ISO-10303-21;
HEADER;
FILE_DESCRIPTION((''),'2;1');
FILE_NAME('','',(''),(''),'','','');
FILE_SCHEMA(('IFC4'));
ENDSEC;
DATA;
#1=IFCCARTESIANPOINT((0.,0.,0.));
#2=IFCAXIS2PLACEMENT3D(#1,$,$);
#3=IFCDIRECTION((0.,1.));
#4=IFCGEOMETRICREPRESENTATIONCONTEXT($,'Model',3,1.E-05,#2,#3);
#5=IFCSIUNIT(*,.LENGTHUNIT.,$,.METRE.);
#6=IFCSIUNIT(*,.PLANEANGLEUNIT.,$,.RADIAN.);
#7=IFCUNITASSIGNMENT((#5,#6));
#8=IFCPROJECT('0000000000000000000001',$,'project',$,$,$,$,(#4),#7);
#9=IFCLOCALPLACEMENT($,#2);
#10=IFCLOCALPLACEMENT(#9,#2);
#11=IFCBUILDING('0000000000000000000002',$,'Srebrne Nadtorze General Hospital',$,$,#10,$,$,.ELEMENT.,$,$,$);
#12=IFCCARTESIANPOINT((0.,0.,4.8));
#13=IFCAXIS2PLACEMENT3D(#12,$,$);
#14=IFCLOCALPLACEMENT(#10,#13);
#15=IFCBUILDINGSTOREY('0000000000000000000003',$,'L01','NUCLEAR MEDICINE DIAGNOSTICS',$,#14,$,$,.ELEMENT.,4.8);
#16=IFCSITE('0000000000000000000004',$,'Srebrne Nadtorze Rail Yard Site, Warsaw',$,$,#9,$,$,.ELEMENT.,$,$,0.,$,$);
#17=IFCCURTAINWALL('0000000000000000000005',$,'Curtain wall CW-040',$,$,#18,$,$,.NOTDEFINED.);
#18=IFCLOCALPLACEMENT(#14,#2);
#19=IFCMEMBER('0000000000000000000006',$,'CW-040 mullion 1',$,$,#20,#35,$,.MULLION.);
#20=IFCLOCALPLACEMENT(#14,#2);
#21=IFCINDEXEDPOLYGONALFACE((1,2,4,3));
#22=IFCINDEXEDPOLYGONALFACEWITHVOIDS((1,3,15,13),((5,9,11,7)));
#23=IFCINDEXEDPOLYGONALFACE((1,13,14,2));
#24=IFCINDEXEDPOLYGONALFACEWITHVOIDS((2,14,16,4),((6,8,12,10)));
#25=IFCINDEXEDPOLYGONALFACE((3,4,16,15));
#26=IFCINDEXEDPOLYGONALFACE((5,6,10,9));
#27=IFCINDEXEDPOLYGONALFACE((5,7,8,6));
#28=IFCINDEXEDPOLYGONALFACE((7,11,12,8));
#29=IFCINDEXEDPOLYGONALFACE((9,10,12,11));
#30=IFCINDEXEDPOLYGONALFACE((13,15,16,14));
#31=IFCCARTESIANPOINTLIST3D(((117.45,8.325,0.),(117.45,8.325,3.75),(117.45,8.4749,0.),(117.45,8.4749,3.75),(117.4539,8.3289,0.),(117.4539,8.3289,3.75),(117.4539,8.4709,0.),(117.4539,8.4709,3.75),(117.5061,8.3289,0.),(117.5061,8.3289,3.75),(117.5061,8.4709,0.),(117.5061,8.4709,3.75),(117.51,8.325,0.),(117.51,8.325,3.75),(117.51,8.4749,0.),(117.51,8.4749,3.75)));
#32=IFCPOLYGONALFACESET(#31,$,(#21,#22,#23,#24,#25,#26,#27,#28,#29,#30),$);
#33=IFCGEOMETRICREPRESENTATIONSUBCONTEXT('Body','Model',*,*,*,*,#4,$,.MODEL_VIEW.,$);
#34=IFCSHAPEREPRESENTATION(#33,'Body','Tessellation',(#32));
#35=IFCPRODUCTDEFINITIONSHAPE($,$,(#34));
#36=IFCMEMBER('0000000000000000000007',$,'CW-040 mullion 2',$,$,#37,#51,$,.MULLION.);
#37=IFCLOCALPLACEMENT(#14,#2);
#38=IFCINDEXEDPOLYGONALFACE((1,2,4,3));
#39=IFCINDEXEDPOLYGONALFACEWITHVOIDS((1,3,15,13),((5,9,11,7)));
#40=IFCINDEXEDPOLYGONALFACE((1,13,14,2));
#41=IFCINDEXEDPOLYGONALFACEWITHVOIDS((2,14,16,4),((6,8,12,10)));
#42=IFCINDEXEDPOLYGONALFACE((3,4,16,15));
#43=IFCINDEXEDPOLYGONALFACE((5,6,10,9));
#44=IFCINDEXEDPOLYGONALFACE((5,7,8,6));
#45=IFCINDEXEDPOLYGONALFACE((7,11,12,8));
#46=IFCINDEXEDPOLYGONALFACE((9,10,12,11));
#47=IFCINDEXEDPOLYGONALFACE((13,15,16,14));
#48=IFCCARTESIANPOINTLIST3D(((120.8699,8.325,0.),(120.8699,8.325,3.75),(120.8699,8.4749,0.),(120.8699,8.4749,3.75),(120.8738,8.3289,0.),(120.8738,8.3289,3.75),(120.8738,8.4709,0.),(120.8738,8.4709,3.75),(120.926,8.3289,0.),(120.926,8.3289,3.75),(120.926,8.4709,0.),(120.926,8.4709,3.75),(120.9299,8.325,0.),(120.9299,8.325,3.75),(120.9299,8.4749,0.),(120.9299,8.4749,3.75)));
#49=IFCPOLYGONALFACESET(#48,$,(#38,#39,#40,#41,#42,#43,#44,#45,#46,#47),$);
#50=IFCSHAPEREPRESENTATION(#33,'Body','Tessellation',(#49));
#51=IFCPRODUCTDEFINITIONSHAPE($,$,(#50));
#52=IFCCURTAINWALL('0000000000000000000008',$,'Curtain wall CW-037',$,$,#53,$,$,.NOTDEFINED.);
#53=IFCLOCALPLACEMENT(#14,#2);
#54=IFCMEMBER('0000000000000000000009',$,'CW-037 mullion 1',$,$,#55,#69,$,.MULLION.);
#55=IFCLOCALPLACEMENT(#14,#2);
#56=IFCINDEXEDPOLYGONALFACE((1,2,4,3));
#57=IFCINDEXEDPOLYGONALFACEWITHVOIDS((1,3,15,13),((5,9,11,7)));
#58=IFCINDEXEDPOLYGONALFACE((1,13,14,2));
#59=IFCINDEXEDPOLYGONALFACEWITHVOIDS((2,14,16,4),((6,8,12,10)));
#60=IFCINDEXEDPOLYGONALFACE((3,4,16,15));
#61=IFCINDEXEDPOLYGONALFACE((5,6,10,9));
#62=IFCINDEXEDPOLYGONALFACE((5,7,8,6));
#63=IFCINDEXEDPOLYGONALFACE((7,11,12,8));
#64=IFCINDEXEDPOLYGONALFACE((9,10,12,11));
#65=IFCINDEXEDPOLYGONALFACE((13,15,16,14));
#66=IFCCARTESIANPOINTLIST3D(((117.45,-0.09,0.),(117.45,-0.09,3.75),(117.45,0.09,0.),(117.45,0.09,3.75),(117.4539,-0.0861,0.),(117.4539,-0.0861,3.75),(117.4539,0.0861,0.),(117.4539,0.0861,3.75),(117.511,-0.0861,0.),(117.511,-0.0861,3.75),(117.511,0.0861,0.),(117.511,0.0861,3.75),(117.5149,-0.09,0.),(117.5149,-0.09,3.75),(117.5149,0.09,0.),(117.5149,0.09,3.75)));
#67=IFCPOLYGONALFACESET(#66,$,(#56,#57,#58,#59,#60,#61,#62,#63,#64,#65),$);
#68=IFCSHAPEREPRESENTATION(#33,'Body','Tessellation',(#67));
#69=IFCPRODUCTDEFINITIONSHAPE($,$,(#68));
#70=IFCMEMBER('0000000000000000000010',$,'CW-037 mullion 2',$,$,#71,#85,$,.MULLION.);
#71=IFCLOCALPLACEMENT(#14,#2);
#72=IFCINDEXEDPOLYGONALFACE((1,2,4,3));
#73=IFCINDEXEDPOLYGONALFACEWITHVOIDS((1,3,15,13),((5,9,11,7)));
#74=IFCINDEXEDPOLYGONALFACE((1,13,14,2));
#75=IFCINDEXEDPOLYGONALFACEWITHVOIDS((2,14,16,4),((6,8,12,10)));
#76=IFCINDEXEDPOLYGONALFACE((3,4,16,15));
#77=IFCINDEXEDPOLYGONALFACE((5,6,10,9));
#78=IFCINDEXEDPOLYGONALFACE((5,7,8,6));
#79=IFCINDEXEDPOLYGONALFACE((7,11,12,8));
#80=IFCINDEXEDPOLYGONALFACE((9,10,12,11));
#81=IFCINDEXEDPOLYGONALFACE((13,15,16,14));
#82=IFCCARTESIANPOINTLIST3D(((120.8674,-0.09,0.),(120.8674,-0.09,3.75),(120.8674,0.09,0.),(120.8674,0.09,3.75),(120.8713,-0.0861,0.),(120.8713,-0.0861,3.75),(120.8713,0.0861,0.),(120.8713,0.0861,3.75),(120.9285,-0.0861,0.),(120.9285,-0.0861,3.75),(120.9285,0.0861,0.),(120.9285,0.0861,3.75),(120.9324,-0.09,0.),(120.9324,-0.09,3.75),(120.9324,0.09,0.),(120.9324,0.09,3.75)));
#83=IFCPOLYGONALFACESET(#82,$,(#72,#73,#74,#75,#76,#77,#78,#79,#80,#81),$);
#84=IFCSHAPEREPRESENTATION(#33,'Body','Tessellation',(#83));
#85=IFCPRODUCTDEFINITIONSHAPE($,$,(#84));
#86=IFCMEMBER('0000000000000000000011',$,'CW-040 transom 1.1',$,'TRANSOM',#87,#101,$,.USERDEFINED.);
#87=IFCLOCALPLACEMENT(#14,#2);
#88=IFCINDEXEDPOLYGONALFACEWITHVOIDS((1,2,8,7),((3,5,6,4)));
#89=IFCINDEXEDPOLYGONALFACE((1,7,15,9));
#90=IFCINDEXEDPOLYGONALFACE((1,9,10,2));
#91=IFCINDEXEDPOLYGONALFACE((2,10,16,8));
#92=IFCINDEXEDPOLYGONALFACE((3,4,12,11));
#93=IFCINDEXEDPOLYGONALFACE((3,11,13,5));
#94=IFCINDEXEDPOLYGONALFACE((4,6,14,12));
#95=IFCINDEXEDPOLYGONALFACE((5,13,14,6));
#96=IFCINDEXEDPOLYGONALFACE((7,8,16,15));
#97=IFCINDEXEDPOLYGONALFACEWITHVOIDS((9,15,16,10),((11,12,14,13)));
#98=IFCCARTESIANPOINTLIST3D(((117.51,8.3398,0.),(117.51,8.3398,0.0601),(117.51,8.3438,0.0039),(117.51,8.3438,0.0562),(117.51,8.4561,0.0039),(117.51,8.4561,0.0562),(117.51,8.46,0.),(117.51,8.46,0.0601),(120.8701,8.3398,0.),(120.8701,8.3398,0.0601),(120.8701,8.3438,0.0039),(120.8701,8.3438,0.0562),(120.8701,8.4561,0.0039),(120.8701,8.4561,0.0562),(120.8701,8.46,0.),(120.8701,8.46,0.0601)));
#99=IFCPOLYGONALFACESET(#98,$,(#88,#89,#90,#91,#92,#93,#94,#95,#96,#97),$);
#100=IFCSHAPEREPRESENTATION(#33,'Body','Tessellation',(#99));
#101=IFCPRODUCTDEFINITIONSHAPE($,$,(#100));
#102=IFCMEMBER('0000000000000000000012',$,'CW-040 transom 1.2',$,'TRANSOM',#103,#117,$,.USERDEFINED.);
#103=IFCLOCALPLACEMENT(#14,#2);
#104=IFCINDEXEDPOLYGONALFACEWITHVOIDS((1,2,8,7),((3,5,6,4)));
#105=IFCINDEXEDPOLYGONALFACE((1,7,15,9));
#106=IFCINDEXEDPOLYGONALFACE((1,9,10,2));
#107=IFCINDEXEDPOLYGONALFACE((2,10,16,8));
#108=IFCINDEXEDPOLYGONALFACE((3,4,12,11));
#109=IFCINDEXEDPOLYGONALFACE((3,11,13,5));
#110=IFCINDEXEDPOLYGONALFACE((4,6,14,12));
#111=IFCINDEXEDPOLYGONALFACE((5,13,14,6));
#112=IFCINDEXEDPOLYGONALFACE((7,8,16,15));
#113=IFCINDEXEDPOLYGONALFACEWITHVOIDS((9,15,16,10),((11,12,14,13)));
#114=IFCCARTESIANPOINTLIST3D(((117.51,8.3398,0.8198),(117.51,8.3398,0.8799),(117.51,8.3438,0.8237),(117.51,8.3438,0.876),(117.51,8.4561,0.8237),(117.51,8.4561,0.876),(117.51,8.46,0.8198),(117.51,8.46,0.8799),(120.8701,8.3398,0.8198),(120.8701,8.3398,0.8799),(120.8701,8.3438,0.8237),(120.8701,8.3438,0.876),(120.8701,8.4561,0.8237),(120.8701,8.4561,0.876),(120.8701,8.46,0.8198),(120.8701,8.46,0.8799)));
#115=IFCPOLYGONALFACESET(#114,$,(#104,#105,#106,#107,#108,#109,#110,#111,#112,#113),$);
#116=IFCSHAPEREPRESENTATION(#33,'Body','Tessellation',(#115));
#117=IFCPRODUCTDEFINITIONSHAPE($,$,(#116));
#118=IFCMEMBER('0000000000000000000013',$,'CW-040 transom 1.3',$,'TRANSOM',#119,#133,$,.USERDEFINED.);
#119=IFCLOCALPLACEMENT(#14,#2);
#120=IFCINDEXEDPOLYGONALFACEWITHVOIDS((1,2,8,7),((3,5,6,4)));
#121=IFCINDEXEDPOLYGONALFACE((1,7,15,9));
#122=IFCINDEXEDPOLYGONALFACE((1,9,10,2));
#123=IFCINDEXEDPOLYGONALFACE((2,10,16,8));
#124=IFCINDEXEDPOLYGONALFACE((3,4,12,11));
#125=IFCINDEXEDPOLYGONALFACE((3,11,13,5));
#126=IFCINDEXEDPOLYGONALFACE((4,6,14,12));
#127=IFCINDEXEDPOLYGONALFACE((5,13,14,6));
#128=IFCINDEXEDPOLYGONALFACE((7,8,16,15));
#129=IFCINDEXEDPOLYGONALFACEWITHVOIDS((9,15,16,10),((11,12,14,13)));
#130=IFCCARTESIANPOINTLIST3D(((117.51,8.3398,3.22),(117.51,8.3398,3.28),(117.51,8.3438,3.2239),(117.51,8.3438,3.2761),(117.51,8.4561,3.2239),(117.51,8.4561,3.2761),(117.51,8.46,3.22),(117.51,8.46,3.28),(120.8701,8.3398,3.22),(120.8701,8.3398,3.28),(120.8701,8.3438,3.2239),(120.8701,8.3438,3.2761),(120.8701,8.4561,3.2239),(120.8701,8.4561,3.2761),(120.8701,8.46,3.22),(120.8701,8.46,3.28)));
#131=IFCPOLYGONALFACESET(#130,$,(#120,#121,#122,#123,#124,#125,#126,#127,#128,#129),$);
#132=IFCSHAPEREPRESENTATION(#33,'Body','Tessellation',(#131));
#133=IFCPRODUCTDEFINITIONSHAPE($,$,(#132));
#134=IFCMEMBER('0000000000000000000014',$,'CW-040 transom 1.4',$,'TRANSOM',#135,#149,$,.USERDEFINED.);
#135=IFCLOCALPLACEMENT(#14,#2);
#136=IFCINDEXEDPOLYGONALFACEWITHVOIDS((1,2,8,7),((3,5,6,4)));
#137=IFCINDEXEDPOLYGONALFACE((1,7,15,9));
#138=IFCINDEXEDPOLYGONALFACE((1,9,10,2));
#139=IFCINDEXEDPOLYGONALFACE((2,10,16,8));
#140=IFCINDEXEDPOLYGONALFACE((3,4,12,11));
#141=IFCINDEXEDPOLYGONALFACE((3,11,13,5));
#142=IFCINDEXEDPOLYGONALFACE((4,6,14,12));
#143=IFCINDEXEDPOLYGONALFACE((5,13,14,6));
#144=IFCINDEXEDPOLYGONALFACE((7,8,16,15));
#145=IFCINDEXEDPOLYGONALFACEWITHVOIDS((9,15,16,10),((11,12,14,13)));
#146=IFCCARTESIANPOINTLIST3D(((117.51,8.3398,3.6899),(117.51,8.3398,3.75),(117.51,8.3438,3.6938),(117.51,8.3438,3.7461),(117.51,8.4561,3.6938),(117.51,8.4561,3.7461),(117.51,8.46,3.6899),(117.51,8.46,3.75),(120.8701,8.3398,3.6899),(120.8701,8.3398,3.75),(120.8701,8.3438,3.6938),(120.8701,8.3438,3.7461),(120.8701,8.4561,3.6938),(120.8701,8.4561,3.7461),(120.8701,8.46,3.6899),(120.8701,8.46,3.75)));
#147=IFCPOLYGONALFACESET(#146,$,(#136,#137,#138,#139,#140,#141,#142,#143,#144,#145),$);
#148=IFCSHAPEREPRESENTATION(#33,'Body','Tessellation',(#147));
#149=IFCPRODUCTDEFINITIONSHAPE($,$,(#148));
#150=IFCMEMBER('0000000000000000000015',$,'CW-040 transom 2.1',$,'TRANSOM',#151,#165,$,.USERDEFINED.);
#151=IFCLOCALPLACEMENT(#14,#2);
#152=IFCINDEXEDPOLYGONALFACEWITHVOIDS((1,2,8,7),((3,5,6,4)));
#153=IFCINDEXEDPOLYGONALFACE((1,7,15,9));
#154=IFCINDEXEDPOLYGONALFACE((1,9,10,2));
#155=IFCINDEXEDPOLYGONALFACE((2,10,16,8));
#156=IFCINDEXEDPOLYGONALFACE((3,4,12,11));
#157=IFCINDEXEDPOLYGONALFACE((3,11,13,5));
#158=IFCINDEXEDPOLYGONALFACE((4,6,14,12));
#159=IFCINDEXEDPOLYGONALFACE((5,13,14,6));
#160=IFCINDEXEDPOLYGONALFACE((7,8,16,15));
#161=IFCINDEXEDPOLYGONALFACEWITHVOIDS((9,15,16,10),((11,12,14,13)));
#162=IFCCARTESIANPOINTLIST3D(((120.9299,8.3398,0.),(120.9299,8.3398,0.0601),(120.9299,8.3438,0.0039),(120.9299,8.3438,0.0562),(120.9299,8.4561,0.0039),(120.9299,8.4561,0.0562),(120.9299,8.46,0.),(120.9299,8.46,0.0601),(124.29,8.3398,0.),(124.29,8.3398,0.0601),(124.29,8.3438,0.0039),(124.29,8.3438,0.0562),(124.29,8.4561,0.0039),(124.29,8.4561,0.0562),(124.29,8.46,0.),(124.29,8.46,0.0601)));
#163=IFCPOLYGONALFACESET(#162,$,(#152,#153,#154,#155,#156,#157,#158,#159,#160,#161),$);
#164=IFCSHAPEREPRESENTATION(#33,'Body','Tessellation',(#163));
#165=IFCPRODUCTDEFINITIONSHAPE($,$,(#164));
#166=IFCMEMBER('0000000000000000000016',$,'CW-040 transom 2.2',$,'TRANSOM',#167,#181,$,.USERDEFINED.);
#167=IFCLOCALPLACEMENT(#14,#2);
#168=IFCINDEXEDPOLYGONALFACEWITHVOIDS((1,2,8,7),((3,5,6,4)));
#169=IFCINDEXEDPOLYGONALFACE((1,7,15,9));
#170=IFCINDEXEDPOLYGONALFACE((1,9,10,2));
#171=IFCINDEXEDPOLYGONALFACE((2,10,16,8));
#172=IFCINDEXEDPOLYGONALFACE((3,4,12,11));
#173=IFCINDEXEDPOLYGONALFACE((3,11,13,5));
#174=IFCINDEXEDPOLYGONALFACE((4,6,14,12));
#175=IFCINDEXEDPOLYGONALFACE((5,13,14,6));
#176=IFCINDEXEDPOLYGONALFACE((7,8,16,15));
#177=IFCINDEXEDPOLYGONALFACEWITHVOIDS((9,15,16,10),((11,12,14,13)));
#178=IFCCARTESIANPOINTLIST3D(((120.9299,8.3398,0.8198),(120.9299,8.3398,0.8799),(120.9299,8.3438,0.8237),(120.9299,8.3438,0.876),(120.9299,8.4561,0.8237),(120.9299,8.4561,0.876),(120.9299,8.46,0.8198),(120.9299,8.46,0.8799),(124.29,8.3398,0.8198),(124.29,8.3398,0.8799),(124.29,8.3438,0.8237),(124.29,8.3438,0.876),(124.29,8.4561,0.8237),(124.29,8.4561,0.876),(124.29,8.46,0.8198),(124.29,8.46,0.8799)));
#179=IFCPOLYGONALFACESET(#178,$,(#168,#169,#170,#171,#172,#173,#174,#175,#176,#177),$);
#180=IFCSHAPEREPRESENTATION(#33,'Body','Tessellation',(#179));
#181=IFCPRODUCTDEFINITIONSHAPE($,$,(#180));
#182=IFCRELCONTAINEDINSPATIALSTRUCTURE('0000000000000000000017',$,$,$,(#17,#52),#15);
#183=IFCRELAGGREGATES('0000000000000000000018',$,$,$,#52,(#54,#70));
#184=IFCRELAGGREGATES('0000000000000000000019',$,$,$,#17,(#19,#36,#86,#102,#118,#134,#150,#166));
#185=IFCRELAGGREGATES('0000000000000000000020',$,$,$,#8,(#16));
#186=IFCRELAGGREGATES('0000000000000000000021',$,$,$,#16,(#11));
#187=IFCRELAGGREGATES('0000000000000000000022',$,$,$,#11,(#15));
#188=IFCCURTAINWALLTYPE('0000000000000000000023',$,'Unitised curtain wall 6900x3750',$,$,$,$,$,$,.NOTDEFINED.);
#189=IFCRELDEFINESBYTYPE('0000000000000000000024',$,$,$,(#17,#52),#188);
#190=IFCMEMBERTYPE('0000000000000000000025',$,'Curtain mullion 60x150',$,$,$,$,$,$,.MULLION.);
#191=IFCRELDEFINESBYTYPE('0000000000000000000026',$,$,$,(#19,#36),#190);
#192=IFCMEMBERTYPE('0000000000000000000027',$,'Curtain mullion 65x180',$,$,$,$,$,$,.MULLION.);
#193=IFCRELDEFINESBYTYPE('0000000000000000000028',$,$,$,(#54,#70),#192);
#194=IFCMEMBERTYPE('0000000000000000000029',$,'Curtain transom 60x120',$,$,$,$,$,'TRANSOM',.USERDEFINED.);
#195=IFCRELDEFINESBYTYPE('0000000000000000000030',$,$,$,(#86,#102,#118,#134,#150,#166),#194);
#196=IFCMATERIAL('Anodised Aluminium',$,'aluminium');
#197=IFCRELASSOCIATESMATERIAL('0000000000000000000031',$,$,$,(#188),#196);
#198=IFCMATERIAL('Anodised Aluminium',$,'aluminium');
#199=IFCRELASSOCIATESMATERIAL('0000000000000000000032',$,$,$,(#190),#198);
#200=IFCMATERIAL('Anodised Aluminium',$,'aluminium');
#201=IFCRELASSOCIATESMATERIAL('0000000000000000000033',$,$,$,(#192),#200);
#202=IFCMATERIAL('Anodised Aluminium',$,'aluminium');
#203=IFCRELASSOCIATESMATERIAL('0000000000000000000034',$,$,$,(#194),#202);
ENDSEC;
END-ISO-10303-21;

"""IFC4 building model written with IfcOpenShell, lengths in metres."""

from ifc_helpers import new_model, si_unit, direction, frame, origin, origin_2d, place, context, subcontext, project, spatial, hollow_rectangle, extrude, material, material_profile, profile_set, type_object, element, aggregate, save


model = new_model("IFC4")

# Units and contexts
model_context = context("Model", 3, precision=1e-05, world=origin(), true_north=direction((0.0, 1.0)))
body_context = subcontext(model_context, "Body", "Model", "MODEL_VIEW")
ifc_project = project(units=[si_unit("LENGTHUNIT", "METRE"), si_unit("PLANEANGLEUNIT", "RADIAN")], contexts=[model_context])

# Site, building, storey
site_placement = place(None, origin())
site = spatial("IfcSite", under=ifc_project, at=site_placement, Name="Srebrne Nadtorze Rail Yard Site, Warsaw", CompositionType="ELEMENT", RefElevation=0.0)
building_placement = place(site_placement, origin())
building = spatial("IfcBuilding", under=site, at=building_placement, Name="Srebrne Nadtorze General Hospital", CompositionType="ELEMENT")
storey_placement = place(building_placement, frame((0.0, 0.0, 4.8)))
storey = spatial("IfcBuildingStorey", under=building, at=storey_placement, Name="L01", Description="NUCLEAR MEDICINE DIAGNOSTICS", CompositionType="ELEMENT", Elevation=4.8)

# Curtain walls, members
ifc_material_1 = material(Name="Anodised Aluminium", Category="aluminium")
curtain_wall_type = type_object("IfcCurtainWallType", Name="Unitised curtain wall 6900x3750", PredefinedType="NOTDEFINED", material=ifc_material_1)
curtain_wall_1_placement = place(storey_placement, origin())
curtain_wall_1 = element("IfcCurtainWall", 1, at=curtain_wall_1_placement, inside=storey, type_object=curtain_wall_type, Name="Curtain wall CW-040", PredefinedType="NOTDEFINED")
ifc_material_2 = material(Name="Anodised Aluminium", Category="aluminium")
ifc_material_profile_1 = material_profile(ifc_material_2, hollow_rectangle(XDim=0.0601, YDim=0.1499, WallThickness=0.0039, at=origin_2d()), Name="AL-MUL-60x150")
ifc_profile_set_1 = profile_set([ifc_material_profile_1], Name="Anodised Aluminium")
member_type_1 = type_object("IfcMemberType", Name="Curtain mullion 60x150", PredefinedType="MULLION", material=ifc_profile_set_1)
member_1_placement = place(storey_placement, frame((117.48, 8.3999, 0.0), z_axis=(0.0, 0.0, 1.0), x_axis=(1.0, 0.0, 0.0)))
member_1 = element("IfcMember", 2, at=member_1_placement, type_object=member_type_1, Name="CW-040 mullion 1", PredefinedType="MULLION", context=body_context, shape_type="SweptSolid", body=[
    extrude(hollow_rectangle(XDim=0.0601, YDim=0.1499, WallThickness=0.0039, at=origin_2d()), origin(), (0.0, 0.0, 1.0), 3.75),
])
member_2_placement = place(storey_placement, frame((120.8999, 8.3999, 0.0), z_axis=(0.0, 0.0, 1.0), x_axis=(1.0, 0.0, 0.0)))
member_2 = element("IfcMember", 3, at=member_2_placement, type_object=member_type_1, Name="CW-040 mullion 2", PredefinedType="MULLION", context=body_context, shape_type="SweptSolid", body=[
    extrude(hollow_rectangle(XDim=0.0601, YDim=0.1499, WallThickness=0.0039, at=origin_2d()), origin(), (0.0, 0.0, 1.0), 3.75),
])
curtain_wall_2_placement = place(storey_placement, origin())
curtain_wall_2 = element("IfcCurtainWall", 4, at=curtain_wall_2_placement, inside=storey, type_object=curtain_wall_type, Name="Curtain wall CW-037", PredefinedType="NOTDEFINED")
ifc_material_3 = material(Name="Anodised Aluminium", Category="aluminium")
ifc_material_profile_2 = material_profile(ifc_material_3, hollow_rectangle(XDim=0.0649, YDim=0.1799, WallThickness=0.0039, at=origin_2d()), Name="AL-MUL-65x180")
ifc_profile_set_2 = profile_set([ifc_material_profile_2], Name="Anodised Aluminium")
member_type_2 = type_object("IfcMemberType", Name="Curtain mullion 65x180", PredefinedType="MULLION", material=ifc_profile_set_2)
member_3_placement = place(storey_placement, frame((117.4824, 0.0, 0.0), z_axis=(0.0, 0.0, 1.0), x_axis=(1.0, 0.0, 0.0)))
member_3 = element("IfcMember", 5, at=member_3_placement, type_object=member_type_2, Name="CW-037 mullion 1", PredefinedType="MULLION", context=body_context, shape_type="SweptSolid", body=[
    extrude(hollow_rectangle(XDim=0.0649, YDim=0.1799, WallThickness=0.0039, at=origin_2d()), origin(), (0.0, 0.0, 1.0), 3.75),
])
member_4_placement = place(storey_placement, frame((120.8999, 0.0, 0.0), z_axis=(0.0, 0.0, 1.0), x_axis=(1.0, 0.0, 0.0)))
member_4 = element("IfcMember", 6, at=member_4_placement, type_object=member_type_2, Name="CW-037 mullion 2", PredefinedType="MULLION", context=body_context, shape_type="SweptSolid", body=[
    extrude(hollow_rectangle(XDim=0.0649, YDim=0.1799, WallThickness=0.0039, at=origin_2d()), origin(), (0.0, 0.0, 1.0), 3.75),
])

# Members
ifc_material_4 = material(Name="Anodised Aluminium", Category="aluminium")
ifc_material_profile_3 = material_profile(ifc_material_4, hollow_rectangle(XDim=0.0601, YDim=0.1201, WallThickness=0.0039, at=origin_2d()), Name="AL-TRN-60x120")
ifc_profile_set_3 = profile_set([ifc_material_profile_3], Name="Anodised Aluminium")
member_type_3 = type_object("IfcMemberType", Name="Curtain transom 60x120", ElementType="TRANSOM", PredefinedType="USERDEFINED", material=ifc_profile_set_3)
member_5_placement = place(storey_placement, frame((117.51, 8.3999, 0.03), z_axis=(1.0, 0.0, 0.0), x_axis=(0.0, 0.0, 1.0)))
member_5 = element("IfcMember", 7, at=member_5_placement, type_object=member_type_3, Name="CW-040 transom 1.1", ObjectType="TRANSOM", PredefinedType="USERDEFINED", context=body_context, shape_type="SweptSolid", body=[
    extrude(hollow_rectangle(XDim=0.0601, YDim=0.1201, WallThickness=0.0039, at=origin_2d()), origin(), (0.0, 0.0, 1.0), 3.3601),
])
member_6_placement = place(storey_placement, frame((117.51, 8.3999, 0.8499), z_axis=(1.0, 0.0, 0.0), x_axis=(0.0, 0.0, 1.0)))
member_6 = element("IfcMember", 8, at=member_6_placement, type_object=member_type_3, Name="CW-040 transom 1.2", ObjectType="TRANSOM", PredefinedType="USERDEFINED", context=body_context, shape_type="SweptSolid", body=[
    extrude(hollow_rectangle(XDim=0.0601, YDim=0.1201, WallThickness=0.0039, at=origin_2d()), origin(), (0.0, 0.0, 1.0), 3.3601),
])
member_7_placement = place(storey_placement, frame((117.51, 8.3999, 3.25), z_axis=(1.0, 0.0, 0.0), x_axis=(0.0, 0.0, 1.0)))
member_7 = element("IfcMember", 9, at=member_7_placement, type_object=member_type_3, Name="CW-040 transom 1.3", ObjectType="TRANSOM", PredefinedType="USERDEFINED", context=body_context, shape_type="SweptSolid", body=[
    extrude(hollow_rectangle(XDim=0.0601, YDim=0.1201, WallThickness=0.0039, at=origin_2d()), origin(), (0.0, 0.0, 1.0), 3.3601),
])
member_8_placement = place(storey_placement, frame((117.51, 8.3999, 3.72), z_axis=(1.0, 0.0, 0.0), x_axis=(0.0, 0.0, 1.0)))
member_8 = element("IfcMember", 10, at=member_8_placement, type_object=member_type_3, Name="CW-040 transom 1.4", ObjectType="TRANSOM", PredefinedType="USERDEFINED", context=body_context, shape_type="SweptSolid", body=[
    extrude(hollow_rectangle(XDim=0.0601, YDim=0.1201, WallThickness=0.0039, at=origin_2d()), origin(), (0.0, 0.0, 1.0), 3.3601),
])
member_9_placement = place(storey_placement, frame((120.9299, 8.3999, 0.03), z_axis=(1.0, 0.0, 0.0), x_axis=(0.0, 0.0, 1.0)))
member_9 = element("IfcMember", 11, at=member_9_placement, type_object=member_type_3, Name="CW-040 transom 2.1", ObjectType="TRANSOM", PredefinedType="USERDEFINED", context=body_context, shape_type="SweptSolid", body=[
    extrude(hollow_rectangle(XDim=0.0601, YDim=0.1201, WallThickness=0.0039, at=origin_2d()), origin(), (0.0, 0.0, 1.0), 3.3601),
])
member_10_placement = place(storey_placement, frame((120.9299, 8.3999, 0.8499), z_axis=(1.0, 0.0, 0.0), x_axis=(0.0, 0.0, 1.0)))
member_10 = element("IfcMember", 12, at=member_10_placement, type_object=member_type_3, Name="CW-040 transom 2.2", ObjectType="TRANSOM", PredefinedType="USERDEFINED", context=body_context, shape_type="SweptSolid", body=[
    extrude(hollow_rectangle(XDim=0.0601, YDim=0.1201, WallThickness=0.0039, at=origin_2d()), origin(), (0.0, 0.0, 1.0), 3.3601),
])

aggregate(curtain_wall_2, [member_3, member_4])
aggregate(curtain_wall_1, [member_1, member_2, member_5, member_6, member_7, member_8, member_9, member_10])

save(model, "model.ifc")
